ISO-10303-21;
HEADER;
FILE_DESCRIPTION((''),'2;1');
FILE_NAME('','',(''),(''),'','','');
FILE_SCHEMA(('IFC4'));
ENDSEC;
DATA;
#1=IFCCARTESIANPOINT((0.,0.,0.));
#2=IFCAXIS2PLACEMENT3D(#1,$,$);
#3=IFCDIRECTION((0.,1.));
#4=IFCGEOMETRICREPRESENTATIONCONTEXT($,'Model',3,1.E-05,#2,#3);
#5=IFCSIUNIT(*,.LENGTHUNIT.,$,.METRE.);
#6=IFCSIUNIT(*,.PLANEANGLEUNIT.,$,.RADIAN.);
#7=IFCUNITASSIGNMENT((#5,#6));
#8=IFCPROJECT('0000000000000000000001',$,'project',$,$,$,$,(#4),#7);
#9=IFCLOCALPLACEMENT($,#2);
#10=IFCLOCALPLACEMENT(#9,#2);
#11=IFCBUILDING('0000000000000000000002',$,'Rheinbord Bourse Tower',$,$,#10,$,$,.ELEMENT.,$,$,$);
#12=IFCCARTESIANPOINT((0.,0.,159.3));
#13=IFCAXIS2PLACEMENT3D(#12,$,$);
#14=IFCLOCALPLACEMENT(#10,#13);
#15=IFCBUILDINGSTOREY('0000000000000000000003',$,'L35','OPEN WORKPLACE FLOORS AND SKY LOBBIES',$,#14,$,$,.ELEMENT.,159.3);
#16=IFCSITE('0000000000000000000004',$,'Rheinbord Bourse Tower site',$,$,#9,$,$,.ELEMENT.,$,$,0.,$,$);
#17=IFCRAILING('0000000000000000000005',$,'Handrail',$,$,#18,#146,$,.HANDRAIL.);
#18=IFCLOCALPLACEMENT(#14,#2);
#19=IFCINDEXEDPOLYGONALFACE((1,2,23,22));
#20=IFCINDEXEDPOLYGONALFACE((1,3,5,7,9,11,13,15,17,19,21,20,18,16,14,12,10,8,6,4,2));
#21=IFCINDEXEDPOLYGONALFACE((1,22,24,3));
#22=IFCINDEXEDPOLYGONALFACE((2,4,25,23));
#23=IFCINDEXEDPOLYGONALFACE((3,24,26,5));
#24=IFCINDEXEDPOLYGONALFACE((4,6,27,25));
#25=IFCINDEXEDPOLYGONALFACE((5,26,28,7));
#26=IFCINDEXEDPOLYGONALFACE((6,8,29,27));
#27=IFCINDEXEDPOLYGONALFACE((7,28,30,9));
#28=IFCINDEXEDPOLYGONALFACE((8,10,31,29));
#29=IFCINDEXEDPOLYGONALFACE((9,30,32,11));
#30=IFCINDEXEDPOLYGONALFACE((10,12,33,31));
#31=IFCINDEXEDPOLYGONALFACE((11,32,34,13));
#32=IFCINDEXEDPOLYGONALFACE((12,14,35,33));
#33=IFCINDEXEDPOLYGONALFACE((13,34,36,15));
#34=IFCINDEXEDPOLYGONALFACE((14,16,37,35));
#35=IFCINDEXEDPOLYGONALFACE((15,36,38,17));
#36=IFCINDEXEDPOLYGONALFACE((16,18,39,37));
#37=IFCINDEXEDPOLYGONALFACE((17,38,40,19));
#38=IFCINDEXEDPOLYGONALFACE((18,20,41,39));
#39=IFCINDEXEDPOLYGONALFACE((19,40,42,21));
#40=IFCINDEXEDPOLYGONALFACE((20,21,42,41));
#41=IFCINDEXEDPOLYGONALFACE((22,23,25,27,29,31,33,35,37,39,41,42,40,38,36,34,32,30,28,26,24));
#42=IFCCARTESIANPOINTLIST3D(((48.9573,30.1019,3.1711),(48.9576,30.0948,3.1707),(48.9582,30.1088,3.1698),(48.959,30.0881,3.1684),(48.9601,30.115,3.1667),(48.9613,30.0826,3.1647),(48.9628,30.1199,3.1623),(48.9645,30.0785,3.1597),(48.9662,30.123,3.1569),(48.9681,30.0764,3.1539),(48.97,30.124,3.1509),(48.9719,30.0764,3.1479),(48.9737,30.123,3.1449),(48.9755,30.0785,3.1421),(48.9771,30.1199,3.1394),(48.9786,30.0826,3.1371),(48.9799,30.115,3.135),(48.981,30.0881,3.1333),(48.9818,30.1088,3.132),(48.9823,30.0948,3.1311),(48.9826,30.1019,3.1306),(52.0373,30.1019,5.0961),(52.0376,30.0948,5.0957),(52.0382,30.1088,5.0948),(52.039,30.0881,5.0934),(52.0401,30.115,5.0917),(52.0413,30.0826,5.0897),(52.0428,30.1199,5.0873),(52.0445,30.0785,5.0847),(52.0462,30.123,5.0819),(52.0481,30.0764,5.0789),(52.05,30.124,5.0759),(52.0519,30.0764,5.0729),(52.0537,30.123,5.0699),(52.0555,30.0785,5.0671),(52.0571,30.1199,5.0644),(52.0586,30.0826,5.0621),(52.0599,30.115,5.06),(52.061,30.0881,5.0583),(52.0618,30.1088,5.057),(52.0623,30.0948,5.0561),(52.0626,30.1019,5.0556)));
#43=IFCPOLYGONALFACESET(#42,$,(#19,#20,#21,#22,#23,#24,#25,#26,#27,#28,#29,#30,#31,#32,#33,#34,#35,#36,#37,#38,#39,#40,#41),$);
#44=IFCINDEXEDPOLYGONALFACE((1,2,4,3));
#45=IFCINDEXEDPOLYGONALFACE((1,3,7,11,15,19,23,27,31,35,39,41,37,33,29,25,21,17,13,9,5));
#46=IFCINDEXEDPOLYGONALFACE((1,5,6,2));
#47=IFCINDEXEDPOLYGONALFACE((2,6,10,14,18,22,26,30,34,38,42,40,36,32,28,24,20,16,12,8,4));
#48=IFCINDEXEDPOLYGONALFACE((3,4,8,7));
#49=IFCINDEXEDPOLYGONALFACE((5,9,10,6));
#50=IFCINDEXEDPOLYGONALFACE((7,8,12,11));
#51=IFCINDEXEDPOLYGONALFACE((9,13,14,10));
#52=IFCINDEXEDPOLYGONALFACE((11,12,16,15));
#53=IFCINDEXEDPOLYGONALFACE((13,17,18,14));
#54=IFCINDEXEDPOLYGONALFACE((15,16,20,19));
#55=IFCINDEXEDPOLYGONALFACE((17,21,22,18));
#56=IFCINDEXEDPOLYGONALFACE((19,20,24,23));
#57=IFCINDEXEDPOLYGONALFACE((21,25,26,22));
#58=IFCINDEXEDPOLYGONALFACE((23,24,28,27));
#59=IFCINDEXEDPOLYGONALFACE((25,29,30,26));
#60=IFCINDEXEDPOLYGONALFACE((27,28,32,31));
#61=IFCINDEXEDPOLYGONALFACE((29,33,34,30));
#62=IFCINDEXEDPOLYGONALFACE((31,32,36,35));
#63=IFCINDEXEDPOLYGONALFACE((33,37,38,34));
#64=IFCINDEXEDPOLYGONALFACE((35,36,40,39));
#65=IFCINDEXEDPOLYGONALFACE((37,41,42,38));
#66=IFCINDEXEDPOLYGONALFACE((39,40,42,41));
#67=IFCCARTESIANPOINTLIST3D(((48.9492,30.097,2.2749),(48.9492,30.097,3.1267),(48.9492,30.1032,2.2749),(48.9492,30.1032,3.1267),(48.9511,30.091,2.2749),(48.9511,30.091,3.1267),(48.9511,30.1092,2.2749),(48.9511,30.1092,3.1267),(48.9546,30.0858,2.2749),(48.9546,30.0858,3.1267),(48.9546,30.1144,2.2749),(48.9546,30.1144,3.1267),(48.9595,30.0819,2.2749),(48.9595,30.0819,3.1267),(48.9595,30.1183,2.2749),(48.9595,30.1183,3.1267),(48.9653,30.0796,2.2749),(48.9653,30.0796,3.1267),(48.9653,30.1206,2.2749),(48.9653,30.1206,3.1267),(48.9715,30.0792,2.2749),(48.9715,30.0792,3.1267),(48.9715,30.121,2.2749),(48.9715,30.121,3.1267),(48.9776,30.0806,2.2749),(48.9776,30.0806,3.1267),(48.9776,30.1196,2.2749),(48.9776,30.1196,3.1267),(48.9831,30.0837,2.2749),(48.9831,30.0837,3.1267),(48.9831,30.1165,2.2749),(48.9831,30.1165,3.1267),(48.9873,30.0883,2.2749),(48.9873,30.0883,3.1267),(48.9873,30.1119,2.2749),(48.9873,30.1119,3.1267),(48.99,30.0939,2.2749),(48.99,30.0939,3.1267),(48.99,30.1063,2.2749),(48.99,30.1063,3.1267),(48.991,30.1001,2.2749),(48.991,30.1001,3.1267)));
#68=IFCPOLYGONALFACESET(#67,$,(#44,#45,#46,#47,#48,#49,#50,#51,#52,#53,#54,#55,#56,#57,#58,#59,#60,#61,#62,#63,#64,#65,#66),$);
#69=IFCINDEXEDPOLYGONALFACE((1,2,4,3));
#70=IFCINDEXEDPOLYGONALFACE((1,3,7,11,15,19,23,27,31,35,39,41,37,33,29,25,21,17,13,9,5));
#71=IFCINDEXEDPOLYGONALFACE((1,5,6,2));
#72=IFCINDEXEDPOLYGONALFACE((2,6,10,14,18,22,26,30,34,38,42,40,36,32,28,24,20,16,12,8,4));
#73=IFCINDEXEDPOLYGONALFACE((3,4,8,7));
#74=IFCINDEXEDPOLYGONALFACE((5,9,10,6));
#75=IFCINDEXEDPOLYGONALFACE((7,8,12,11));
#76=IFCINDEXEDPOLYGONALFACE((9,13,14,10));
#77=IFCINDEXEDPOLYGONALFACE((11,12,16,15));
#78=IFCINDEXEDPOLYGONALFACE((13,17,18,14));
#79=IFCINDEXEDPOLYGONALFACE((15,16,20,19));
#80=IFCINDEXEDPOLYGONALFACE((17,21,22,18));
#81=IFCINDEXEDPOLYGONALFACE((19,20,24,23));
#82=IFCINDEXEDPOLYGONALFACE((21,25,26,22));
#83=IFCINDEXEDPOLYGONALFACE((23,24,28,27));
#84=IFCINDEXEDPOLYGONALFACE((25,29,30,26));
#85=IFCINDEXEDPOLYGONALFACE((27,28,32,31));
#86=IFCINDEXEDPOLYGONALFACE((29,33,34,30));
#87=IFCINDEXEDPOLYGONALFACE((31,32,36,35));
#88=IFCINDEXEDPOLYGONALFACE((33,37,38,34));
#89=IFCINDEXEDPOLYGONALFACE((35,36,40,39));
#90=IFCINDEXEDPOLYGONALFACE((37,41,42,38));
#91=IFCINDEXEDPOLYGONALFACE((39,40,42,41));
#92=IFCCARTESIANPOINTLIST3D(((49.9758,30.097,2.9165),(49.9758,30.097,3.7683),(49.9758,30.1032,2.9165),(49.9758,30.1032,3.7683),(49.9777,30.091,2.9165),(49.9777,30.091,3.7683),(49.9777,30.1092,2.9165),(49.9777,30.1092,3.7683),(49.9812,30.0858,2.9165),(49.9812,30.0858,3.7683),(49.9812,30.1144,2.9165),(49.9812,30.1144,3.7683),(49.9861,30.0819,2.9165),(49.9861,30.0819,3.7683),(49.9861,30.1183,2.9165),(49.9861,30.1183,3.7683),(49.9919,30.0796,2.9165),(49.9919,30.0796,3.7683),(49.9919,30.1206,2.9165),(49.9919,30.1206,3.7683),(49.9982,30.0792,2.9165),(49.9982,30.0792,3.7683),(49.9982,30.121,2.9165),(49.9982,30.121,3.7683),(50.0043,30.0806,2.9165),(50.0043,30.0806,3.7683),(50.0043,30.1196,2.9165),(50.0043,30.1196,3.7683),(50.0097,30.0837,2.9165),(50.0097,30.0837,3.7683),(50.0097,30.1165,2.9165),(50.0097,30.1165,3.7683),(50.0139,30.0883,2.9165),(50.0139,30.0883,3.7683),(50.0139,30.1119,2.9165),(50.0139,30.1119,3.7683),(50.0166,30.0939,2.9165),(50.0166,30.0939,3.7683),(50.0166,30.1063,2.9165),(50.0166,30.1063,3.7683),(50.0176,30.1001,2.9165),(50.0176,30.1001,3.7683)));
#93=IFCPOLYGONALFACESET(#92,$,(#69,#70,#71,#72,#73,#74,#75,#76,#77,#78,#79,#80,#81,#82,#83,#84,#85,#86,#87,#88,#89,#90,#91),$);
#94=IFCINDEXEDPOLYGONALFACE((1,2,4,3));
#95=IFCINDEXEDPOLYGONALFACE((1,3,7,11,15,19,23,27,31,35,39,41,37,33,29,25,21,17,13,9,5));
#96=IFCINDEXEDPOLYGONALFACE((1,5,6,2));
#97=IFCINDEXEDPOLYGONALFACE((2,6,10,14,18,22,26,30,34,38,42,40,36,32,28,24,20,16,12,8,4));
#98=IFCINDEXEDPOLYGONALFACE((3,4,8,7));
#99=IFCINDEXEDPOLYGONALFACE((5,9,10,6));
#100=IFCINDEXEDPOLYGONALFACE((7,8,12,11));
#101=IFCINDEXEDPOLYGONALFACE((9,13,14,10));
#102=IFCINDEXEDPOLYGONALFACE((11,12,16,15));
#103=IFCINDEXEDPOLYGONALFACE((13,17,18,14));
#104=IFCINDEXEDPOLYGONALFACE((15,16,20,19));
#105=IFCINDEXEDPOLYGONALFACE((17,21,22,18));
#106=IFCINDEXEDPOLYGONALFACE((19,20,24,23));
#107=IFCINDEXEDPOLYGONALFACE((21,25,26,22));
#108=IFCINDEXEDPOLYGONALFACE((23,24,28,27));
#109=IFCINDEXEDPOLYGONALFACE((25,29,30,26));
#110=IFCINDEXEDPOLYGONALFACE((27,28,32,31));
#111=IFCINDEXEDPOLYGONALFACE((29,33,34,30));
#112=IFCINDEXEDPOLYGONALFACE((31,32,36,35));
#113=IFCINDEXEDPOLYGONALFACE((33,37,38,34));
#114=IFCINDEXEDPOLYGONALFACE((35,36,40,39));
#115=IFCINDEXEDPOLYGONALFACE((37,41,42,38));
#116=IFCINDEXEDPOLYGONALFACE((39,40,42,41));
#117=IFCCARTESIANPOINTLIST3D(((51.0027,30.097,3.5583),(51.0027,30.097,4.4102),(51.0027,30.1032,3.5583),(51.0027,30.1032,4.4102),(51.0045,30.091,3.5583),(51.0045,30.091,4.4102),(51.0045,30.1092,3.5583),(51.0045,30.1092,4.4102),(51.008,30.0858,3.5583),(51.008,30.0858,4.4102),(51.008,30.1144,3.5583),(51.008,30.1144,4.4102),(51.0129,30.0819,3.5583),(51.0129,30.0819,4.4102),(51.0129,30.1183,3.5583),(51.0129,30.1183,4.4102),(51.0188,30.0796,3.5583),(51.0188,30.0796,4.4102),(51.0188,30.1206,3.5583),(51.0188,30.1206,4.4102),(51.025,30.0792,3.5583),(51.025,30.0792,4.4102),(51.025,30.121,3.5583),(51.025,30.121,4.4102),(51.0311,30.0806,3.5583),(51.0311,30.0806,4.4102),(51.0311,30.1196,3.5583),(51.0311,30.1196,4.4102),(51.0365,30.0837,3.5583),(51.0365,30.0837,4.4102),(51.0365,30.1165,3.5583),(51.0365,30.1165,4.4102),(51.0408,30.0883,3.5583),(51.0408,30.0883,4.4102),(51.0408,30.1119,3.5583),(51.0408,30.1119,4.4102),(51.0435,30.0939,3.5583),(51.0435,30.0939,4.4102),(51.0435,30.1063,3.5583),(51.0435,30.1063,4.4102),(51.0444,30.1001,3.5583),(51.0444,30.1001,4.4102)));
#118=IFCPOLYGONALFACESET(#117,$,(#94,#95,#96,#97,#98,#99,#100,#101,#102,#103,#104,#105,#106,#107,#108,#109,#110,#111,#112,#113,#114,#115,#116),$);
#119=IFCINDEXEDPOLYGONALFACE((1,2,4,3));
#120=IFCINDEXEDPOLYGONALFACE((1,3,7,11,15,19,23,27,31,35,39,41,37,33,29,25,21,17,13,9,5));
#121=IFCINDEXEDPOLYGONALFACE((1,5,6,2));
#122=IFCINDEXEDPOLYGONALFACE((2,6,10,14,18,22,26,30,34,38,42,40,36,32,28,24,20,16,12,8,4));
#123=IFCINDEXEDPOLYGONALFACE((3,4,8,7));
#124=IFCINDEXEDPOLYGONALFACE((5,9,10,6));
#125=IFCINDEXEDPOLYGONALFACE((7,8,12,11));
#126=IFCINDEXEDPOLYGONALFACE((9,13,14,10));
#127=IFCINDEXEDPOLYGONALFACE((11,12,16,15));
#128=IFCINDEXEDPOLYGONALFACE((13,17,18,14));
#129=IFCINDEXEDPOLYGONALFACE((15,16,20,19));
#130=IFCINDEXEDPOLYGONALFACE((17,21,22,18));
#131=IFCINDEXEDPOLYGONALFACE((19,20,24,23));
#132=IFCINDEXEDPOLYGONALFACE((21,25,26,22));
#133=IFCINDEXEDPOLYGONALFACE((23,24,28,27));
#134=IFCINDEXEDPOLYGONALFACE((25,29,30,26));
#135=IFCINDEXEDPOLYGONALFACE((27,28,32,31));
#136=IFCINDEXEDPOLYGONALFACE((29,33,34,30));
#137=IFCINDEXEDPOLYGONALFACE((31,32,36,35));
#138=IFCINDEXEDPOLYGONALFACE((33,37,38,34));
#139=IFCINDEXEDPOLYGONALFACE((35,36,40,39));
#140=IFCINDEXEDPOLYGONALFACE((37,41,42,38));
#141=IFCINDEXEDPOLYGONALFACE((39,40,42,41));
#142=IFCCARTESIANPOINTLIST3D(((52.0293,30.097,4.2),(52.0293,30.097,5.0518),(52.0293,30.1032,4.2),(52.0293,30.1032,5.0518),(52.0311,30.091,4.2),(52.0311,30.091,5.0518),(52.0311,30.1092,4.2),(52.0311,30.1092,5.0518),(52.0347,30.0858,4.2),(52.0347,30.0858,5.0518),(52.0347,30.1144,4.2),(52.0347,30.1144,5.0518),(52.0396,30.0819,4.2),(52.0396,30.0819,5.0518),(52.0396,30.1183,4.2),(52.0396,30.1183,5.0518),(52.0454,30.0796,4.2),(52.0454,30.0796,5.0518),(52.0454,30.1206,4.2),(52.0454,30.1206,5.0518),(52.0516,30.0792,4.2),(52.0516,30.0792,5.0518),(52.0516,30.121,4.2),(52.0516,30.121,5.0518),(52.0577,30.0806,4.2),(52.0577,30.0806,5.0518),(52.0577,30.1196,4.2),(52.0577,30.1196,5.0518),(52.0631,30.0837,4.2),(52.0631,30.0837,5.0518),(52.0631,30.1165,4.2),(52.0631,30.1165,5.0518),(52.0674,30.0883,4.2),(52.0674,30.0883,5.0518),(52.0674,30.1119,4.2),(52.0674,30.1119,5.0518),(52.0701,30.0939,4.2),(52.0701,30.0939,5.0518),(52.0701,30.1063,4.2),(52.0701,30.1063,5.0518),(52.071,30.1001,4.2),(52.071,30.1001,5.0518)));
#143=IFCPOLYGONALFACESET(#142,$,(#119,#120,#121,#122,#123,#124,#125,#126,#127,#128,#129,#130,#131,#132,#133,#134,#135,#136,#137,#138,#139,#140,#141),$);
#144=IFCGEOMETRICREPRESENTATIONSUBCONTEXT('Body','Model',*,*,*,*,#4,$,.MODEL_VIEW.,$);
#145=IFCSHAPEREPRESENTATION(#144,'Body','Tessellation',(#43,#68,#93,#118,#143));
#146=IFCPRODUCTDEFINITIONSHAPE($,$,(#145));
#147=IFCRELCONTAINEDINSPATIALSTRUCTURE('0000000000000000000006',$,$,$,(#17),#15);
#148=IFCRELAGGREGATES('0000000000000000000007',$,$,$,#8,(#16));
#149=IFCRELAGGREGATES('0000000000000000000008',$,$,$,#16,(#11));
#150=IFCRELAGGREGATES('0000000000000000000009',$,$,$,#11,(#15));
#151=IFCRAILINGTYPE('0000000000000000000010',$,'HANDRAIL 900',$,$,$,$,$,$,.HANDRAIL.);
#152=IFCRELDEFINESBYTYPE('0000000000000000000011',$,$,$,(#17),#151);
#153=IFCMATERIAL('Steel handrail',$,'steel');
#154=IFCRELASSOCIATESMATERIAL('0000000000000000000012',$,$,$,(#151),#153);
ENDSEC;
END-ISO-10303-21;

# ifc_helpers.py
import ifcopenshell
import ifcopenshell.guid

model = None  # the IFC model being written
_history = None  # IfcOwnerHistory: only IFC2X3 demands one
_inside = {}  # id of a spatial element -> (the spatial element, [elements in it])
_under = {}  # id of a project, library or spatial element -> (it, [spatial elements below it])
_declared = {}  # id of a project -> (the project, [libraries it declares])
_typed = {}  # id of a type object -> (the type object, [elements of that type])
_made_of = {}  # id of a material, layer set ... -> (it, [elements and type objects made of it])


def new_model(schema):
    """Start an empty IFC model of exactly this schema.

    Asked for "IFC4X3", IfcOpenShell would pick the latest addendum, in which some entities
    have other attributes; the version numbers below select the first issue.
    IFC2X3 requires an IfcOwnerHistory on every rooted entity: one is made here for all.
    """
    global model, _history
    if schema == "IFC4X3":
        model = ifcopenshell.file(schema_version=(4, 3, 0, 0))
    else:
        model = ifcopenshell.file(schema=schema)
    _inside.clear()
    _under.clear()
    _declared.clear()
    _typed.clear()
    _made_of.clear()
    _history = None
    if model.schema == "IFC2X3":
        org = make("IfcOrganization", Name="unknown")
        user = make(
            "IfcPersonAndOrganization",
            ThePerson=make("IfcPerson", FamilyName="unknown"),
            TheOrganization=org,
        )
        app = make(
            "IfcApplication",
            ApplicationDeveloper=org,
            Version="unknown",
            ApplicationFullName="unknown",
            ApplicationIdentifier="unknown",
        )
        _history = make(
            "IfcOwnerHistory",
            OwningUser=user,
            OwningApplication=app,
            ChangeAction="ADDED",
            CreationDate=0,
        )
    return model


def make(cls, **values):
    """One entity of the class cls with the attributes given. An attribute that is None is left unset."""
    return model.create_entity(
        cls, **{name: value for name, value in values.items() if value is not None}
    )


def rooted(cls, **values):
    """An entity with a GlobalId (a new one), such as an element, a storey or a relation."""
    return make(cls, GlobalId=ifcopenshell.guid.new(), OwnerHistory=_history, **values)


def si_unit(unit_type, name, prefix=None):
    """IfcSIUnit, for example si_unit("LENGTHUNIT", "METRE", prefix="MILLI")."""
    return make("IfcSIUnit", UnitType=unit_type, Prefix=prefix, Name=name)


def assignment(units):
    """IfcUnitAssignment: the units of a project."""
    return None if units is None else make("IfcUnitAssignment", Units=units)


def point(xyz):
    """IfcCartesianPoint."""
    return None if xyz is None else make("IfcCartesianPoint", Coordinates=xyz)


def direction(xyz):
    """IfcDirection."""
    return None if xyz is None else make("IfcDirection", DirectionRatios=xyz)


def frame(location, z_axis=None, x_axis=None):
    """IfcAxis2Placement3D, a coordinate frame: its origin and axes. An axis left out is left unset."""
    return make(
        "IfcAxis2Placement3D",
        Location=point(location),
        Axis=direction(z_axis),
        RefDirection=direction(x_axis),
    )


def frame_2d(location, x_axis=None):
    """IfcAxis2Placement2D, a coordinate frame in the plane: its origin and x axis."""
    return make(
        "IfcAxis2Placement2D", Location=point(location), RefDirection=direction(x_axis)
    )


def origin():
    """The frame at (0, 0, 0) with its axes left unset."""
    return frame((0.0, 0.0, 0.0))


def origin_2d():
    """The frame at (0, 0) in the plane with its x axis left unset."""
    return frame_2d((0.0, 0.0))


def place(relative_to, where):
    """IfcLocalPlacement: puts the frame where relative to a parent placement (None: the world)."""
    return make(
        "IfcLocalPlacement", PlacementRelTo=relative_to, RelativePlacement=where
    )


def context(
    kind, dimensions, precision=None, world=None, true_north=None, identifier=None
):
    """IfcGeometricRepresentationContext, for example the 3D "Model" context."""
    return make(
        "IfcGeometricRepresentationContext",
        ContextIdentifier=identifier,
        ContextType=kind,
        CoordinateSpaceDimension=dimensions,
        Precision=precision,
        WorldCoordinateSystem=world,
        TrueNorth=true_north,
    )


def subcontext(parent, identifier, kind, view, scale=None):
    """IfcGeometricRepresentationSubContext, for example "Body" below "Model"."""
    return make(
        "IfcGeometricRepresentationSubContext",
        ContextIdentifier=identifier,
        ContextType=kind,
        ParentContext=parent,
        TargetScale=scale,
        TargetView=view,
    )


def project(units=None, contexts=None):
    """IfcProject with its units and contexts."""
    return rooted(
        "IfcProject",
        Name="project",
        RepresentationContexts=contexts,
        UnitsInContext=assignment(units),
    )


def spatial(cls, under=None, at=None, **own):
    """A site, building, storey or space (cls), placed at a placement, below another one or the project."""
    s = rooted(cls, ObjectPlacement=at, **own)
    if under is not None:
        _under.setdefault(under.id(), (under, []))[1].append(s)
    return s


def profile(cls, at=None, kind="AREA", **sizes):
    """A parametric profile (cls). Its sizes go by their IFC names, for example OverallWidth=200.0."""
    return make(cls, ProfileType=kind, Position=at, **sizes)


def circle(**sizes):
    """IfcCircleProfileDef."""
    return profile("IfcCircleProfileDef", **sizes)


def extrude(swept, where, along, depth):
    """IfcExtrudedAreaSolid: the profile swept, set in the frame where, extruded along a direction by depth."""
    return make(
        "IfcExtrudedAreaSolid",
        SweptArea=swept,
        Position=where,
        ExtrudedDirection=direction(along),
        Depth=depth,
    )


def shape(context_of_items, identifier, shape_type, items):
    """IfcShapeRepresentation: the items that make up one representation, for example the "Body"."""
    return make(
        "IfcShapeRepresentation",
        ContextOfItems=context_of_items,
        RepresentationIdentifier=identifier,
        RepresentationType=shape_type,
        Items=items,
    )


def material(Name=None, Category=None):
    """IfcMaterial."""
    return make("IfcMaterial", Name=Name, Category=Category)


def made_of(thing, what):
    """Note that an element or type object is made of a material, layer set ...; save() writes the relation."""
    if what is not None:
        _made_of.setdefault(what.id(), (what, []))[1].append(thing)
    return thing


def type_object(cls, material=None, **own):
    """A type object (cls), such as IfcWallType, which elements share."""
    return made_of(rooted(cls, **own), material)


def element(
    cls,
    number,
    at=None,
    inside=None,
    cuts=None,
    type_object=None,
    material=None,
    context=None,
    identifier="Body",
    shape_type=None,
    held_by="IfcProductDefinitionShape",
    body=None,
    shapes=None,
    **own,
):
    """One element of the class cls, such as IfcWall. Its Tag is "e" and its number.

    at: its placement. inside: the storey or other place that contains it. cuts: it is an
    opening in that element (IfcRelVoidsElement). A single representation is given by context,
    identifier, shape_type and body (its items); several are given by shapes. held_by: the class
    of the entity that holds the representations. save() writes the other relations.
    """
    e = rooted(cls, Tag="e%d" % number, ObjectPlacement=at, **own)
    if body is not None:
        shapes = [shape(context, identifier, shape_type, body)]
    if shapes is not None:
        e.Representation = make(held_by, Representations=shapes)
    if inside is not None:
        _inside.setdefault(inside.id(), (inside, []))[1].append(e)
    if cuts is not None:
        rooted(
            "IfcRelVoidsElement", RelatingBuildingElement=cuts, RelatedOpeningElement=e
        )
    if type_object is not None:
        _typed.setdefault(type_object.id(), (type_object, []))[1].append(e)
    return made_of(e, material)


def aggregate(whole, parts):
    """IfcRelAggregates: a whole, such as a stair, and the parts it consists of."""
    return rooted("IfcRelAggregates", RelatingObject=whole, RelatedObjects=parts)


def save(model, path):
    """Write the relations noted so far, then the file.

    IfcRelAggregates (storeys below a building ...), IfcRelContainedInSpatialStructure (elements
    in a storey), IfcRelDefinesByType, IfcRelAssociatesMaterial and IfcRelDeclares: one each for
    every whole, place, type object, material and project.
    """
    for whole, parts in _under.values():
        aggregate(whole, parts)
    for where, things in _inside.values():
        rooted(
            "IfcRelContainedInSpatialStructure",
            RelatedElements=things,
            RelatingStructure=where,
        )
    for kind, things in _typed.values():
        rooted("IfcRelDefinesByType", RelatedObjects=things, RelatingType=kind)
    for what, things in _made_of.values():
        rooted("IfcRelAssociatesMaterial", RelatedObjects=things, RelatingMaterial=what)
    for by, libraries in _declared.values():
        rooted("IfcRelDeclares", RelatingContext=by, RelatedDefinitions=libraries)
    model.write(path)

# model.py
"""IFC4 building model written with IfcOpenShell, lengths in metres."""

from ifc_helpers import new_model, si_unit, direction, frame, origin, origin_2d, place, context, subcontext, project, spatial, circle, extrude, material, type_object, element, save


model = new_model("IFC4")

# Units and contexts
model_context = context("Model", 3, precision=1e-05, world=origin(), true_north=direction((0.0, 1.0)))
body_context = subcontext(model_context, "Body", "Model", "MODEL_VIEW")
ifc_project = project(units=[si_unit("LENGTHUNIT", "METRE"), si_unit("PLANEANGLEUNIT", "RADIAN")], contexts=[model_context])

# Site, building, storey
site_placement = place(None, origin())
site = spatial("IfcSite", under=ifc_project, at=site_placement, Name="Rheinbord Bourse Tower site", CompositionType="ELEMENT", RefElevation=0.0)
building_placement = place(site_placement, origin())
building = spatial("IfcBuilding", under=site, at=building_placement, Name="Rheinbord Bourse Tower", CompositionType="ELEMENT")
storey_placement = place(building_placement, frame((0.0, 0.0, 159.3)))
storey = spatial("IfcBuildingStorey", under=building, at=storey_placement, Name="L35", Description="OPEN WORKPLACE FLOORS AND SKY LOBBIES", CompositionType="ELEMENT", Elevation=159.3)

# Railing
ifc_material_1 = material(Name="Steel handrail", Category="steel")
railing_type = type_object("IfcRailingType", Name="HANDRAIL 900", PredefinedType="HANDRAIL", material=ifc_material_1)
railing_1_placement = place(storey_placement, frame((48.97, 30.1001, 2.2749)))
element("IfcRailing", 1, at=railing_1_placement, inside=storey, type_object=railing_type, Name="Handrail", PredefinedType="HANDRAIL", context=body_context, shape_type="SweptSolid", body=[
    extrude(circle(Radius=0.0239, at=origin_2d()), frame((0.0, 0.0, 0.876), z_axis=(0.847998, 0.0, 0.529999), x_axis=(0.0, 1.0, 0.0)), (0.0, 0.0, 1.0), 3.6321),
    extrude(circle(Radius=0.021, at=origin_2d()), origin(), (0.0, 0.0, 1.0), 0.8518),
    extrude(circle(Radius=0.021, at=origin_2d()), frame((1.0266, 0.0, 0.6416)), (0.0, 0.0, 1.0), 0.8518),
    extrude(circle(Radius=0.021, at=origin_2d()), frame((2.0535, 0.0, 1.2834)), (0.0, 0.0, 1.0), 0.8518),
    extrude(circle(Radius=0.021, at=origin_2d()), frame((3.0801, 0.0, 1.925)), (0.0, 0.0, 1.0), 0.8518),
])

save(model, "model.ifc")
